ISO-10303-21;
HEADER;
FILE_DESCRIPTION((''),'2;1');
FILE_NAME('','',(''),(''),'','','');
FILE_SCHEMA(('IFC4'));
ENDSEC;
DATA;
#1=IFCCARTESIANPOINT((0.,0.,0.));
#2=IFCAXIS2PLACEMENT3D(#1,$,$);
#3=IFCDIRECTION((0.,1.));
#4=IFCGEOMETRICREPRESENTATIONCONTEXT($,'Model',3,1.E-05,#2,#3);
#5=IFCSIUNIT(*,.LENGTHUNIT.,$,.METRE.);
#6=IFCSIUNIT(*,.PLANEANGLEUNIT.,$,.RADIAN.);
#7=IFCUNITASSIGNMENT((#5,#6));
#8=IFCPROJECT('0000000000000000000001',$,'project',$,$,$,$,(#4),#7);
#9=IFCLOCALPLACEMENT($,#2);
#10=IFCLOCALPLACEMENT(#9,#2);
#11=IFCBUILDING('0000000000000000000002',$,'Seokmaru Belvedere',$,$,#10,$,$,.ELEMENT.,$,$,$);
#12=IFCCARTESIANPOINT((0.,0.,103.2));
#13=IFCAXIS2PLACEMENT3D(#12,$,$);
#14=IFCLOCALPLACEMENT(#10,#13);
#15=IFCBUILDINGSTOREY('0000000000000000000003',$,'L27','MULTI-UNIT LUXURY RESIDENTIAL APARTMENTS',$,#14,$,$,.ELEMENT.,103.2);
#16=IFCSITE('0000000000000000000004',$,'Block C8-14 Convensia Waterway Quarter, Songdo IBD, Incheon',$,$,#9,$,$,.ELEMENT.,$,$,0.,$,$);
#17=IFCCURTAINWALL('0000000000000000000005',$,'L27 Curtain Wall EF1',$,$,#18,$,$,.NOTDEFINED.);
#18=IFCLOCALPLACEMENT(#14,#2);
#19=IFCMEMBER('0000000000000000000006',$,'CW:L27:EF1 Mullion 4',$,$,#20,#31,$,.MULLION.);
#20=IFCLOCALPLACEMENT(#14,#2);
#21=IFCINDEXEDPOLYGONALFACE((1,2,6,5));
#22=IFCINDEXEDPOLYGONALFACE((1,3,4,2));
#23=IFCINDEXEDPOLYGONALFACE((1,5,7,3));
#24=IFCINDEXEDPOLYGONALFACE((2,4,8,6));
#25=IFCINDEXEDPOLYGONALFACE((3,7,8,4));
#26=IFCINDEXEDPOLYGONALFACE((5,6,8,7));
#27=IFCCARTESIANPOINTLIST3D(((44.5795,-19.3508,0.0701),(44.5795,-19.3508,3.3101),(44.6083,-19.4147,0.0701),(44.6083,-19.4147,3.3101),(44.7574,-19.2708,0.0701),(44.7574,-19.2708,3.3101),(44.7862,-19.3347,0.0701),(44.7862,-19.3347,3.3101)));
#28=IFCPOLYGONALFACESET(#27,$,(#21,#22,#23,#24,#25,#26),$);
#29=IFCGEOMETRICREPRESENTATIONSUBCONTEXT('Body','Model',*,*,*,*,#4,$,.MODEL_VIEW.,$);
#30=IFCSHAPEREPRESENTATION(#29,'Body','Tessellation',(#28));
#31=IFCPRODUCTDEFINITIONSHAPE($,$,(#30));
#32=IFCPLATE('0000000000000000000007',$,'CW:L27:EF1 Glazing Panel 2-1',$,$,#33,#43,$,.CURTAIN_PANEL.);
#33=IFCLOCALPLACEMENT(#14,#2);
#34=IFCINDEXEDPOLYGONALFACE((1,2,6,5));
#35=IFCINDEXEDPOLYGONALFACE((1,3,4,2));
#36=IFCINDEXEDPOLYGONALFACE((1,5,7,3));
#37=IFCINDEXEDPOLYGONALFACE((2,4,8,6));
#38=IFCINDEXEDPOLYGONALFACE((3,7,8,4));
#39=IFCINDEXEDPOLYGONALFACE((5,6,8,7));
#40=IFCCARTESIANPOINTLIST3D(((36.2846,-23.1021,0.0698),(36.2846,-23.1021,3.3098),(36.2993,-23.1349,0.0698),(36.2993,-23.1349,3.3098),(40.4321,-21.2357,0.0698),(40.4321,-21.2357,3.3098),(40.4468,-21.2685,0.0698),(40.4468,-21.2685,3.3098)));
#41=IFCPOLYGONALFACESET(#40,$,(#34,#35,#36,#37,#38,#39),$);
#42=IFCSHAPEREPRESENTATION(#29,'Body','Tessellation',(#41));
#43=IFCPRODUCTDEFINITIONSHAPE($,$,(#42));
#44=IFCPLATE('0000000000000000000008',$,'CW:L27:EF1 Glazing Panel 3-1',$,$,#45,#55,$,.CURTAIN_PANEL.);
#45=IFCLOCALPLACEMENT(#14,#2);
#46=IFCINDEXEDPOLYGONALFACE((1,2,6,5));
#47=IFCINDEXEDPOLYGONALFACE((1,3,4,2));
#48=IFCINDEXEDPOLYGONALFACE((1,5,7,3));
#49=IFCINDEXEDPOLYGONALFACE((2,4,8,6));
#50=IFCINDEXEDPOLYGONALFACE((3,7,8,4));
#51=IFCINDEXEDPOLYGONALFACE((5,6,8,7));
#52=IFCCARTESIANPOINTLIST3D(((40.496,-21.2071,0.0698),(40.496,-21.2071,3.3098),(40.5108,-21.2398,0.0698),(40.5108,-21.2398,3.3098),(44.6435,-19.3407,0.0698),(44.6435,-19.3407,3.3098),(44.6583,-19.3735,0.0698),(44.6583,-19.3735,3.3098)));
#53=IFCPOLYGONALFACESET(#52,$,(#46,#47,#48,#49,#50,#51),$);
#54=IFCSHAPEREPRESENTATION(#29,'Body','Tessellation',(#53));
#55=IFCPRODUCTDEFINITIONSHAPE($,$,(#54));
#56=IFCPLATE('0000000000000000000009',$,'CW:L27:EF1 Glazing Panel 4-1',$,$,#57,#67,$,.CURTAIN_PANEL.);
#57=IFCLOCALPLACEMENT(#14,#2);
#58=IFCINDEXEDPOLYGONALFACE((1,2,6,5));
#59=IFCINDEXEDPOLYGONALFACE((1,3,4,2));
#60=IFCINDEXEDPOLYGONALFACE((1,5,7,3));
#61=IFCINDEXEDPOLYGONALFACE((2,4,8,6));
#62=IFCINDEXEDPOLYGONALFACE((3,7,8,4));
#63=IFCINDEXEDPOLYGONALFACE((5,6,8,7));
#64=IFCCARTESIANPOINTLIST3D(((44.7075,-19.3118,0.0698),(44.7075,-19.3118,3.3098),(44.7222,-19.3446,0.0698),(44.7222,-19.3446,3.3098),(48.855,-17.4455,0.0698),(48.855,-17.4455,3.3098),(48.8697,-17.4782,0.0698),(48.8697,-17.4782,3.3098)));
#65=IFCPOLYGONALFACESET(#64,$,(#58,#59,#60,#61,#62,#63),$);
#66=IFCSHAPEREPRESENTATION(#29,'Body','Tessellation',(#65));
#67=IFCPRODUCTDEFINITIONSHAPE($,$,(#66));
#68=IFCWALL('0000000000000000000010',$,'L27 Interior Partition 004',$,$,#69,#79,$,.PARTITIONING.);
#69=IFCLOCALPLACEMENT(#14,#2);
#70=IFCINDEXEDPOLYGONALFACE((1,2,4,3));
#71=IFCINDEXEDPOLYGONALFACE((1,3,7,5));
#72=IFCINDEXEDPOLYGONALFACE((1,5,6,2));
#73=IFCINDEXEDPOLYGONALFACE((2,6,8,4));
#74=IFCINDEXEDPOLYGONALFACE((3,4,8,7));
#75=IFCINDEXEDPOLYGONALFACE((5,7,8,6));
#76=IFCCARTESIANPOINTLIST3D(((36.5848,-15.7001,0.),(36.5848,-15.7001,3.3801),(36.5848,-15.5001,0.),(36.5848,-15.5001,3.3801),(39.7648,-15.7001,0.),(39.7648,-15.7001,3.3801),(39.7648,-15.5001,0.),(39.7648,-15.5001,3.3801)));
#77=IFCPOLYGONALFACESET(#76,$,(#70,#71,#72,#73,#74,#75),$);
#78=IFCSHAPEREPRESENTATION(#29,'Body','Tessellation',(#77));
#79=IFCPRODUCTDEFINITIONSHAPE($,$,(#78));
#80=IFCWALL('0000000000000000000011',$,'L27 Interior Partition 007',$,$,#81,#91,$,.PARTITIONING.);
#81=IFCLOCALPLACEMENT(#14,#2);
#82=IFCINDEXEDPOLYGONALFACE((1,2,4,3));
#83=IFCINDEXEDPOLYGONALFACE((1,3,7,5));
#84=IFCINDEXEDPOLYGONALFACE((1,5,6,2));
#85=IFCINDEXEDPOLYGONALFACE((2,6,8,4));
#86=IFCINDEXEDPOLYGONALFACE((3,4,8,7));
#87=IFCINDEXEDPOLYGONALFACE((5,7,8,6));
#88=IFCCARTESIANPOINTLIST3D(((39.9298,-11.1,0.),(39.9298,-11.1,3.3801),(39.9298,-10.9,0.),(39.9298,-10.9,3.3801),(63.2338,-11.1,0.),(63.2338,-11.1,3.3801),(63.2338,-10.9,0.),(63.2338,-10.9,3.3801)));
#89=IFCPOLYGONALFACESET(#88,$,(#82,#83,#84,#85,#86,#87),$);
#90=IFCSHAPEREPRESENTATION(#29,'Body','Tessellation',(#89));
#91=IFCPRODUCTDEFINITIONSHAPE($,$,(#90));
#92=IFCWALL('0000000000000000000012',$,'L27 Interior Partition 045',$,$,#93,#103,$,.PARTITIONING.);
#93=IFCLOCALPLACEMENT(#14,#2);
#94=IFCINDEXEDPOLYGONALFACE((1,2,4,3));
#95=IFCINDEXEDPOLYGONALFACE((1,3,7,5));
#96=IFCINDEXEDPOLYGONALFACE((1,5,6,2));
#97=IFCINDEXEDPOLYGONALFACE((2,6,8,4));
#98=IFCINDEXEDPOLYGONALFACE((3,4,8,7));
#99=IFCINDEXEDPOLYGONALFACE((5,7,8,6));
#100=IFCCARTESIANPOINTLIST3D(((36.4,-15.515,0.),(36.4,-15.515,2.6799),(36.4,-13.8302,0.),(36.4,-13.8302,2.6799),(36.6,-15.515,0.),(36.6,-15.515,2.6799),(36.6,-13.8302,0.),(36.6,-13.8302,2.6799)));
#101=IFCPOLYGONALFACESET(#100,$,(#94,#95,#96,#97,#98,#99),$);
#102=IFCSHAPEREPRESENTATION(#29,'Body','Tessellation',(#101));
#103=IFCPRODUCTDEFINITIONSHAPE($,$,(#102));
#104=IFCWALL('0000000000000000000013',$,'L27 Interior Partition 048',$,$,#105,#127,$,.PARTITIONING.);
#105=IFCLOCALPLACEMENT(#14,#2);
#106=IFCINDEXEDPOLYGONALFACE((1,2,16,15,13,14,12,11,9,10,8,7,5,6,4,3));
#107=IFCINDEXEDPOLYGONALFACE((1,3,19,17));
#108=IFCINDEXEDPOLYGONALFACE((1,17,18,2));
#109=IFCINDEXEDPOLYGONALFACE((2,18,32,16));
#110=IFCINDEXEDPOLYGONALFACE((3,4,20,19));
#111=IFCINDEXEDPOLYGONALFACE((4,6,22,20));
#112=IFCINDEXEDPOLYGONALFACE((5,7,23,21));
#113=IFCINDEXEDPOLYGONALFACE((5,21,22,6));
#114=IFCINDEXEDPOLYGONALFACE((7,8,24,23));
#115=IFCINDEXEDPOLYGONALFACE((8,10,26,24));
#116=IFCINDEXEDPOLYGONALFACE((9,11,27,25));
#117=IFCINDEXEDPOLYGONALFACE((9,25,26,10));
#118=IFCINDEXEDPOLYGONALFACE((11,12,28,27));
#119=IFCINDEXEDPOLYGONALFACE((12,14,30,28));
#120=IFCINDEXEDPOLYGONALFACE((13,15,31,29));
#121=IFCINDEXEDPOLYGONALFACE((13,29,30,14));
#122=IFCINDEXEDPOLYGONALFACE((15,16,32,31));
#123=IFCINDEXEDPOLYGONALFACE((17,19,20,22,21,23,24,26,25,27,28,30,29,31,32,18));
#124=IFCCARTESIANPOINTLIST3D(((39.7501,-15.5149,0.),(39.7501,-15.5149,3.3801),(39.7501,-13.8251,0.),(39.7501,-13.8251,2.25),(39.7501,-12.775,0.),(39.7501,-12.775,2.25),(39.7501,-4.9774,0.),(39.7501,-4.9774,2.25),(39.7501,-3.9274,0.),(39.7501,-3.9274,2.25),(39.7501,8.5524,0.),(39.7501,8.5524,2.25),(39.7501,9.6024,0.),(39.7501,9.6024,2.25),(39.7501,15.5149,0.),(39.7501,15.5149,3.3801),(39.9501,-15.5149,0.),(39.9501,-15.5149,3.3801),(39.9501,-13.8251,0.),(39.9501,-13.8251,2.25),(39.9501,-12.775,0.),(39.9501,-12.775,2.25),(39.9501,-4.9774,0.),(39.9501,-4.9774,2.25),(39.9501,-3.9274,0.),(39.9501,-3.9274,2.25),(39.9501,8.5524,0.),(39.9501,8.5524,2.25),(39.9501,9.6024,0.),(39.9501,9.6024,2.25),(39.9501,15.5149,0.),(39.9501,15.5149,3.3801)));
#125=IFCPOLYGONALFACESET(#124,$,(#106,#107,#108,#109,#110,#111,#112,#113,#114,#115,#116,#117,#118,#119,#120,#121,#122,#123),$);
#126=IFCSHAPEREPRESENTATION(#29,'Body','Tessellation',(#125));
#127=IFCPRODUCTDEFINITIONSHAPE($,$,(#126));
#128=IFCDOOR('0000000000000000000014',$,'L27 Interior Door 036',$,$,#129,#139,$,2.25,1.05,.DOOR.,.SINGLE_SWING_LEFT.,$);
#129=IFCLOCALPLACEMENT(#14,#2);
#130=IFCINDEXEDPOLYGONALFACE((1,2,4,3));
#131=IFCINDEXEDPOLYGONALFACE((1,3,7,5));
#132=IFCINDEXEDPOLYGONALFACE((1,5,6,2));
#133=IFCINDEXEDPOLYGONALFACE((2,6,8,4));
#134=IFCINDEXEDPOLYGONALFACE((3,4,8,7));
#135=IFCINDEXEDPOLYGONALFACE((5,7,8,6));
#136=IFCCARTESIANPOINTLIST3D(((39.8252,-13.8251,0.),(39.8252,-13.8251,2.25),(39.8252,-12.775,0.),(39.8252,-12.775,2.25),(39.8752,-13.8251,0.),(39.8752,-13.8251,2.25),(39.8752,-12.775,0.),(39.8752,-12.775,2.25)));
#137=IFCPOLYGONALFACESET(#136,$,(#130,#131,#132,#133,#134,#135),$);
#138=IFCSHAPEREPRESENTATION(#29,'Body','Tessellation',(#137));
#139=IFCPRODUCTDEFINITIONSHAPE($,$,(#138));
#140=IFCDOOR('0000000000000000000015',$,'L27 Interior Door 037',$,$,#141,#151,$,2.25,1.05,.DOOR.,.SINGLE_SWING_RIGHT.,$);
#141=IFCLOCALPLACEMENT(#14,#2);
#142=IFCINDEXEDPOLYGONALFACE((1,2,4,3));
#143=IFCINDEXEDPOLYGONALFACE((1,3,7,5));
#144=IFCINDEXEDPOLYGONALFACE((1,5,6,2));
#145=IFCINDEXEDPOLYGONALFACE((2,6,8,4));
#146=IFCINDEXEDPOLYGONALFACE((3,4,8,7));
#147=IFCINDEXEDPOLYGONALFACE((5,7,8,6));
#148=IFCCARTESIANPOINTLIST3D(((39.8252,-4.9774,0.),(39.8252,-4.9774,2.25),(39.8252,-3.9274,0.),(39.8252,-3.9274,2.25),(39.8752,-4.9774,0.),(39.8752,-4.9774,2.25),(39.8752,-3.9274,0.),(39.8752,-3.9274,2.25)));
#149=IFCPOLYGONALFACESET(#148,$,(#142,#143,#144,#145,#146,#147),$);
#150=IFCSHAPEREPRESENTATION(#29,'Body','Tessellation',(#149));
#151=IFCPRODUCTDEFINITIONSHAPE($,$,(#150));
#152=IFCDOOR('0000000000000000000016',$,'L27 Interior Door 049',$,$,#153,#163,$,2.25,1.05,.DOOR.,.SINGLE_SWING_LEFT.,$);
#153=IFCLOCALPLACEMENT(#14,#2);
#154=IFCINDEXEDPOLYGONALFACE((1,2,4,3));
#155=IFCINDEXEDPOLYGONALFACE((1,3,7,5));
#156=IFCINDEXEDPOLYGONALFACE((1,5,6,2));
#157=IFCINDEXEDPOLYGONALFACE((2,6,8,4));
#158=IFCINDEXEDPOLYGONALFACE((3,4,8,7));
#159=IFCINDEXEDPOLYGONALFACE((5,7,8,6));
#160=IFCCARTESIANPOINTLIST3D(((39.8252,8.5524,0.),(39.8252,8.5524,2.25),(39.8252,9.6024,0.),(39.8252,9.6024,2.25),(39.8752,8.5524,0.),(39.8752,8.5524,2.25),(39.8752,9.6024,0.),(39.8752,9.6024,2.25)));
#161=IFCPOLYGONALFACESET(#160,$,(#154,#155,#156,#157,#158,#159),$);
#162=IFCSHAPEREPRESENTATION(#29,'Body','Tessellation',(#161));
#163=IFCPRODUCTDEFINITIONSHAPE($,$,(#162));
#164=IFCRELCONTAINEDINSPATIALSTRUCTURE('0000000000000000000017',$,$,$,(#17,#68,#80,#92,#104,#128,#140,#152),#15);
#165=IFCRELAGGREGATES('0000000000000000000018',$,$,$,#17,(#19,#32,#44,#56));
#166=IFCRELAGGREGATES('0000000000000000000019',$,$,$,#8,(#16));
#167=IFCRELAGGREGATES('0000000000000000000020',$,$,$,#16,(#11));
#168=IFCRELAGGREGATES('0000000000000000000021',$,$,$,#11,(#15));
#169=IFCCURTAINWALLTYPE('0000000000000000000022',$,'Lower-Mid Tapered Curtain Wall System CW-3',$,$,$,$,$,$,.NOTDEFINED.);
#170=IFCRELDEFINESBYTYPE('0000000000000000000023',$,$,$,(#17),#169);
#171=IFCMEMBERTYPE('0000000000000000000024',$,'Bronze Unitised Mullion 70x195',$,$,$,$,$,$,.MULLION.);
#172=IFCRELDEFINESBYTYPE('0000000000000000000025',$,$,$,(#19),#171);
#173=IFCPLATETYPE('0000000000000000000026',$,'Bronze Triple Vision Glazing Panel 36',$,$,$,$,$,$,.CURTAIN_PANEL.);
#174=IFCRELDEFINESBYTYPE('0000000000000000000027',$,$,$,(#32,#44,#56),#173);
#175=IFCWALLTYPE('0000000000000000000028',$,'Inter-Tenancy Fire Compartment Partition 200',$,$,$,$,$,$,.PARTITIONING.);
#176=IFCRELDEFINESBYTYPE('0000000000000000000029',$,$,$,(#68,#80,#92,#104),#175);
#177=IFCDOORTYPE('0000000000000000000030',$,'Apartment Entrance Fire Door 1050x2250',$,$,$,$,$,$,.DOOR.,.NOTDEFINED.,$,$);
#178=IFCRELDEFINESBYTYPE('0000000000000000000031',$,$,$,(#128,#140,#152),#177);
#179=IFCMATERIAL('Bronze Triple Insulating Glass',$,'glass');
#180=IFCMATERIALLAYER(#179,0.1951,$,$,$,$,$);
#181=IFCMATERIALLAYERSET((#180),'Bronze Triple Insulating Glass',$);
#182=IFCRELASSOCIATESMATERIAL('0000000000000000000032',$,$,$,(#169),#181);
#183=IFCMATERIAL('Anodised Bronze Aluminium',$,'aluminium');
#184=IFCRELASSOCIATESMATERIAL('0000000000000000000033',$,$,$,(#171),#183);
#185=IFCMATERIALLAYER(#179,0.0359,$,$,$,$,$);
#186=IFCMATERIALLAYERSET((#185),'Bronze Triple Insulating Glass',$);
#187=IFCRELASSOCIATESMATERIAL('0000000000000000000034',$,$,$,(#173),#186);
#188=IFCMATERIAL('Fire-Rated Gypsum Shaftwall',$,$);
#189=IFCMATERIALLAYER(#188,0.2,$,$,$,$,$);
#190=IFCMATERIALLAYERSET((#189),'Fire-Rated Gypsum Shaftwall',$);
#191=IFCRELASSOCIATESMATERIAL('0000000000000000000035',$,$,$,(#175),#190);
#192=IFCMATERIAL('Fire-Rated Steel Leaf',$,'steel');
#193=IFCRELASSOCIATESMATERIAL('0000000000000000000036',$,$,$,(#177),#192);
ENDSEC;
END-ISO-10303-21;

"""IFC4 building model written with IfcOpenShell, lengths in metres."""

from ifc_helpers import new_model, si_unit, direction, frame, frame_2d, origin, origin_2d, place, context, subcontext, project, spatial, rectangle, extrude, source, transform, mapped, material, layer, layer_set, material_profile, profile_set, type_object, type_shapes, element, fill, aggregate, save


model = new_model("IFC4")

# Units and contexts
model_context = context("Model", 3, precision=1e-05, world=origin(), true_north=direction((0.0, 1.0)))
body_context = subcontext(model_context, "Body", "Model", "MODEL_VIEW")
ifc_project = project(units=[si_unit("LENGTHUNIT", "METRE"), si_unit("PLANEANGLEUNIT", "RADIAN")], contexts=[model_context])

# Site, building, storey
site_placement = place(None, origin())
site = spatial("IfcSite", under=ifc_project, at=site_placement, Name="Block C8-14 Convensia Waterway Quarter, Songdo IBD, Incheon", CompositionType="ELEMENT", RefElevation=0.0)
building_placement = place(site_placement, origin())
building = spatial("IfcBuilding", under=site, at=building_placement, Name="Seokmaru Belvedere", CompositionType="ELEMENT")
storey_placement = place(building_placement, frame((0.0, 0.0, 103.2)))
storey = spatial("IfcBuildingStorey", under=building, at=storey_placement, Name="L27", Description="MULTI-UNIT LUXURY RESIDENTIAL APARTMENTS", CompositionType="ELEMENT", Elevation=103.2)

# Curtain wall, member, plates
ifc_material_1 = material(Name="Bronze Triple Insulating Glass", Category="glass")
ifc_layer_1 = layer(ifc_material_1, 0.1951)
ifc_layer_set_1 = layer_set([ifc_layer_1], Name="Bronze Triple Insulating Glass")
curtain_wall_type = type_object("IfcCurtainWallType", Name="Lower-Mid Tapered Curtain Wall System CW-3", PredefinedType="NOTDEFINED", material=ifc_layer_set_1)
curtain_wall_placement = place(storey_placement, origin())
curtain_wall = element("IfcCurtainWall", 1, at=curtain_wall_placement, inside=storey, type_object=curtain_wall_type, Name="L27 Curtain Wall EF1", PredefinedType="NOTDEFINED")
ifc_material_2 = material(Name="Anodised Bronze Aluminium", Category="aluminium")
ifc_material_profile_1 = material_profile(ifc_material_2, rectangle(XDim=0.0701, YDim=0.1951, at=origin_2d()), Name="CW-M-70x195")
ifc_profile_set_1 = profile_set([ifc_material_profile_1], Name="Anodised Bronze Aluminium")
member_type = type_object("IfcMemberType", Name="Bronze Unitised Mullion 70x195", PredefinedType="MULLION", material=ifc_profile_set_1)
shared_shape_1 = source(origin(), body_context, "Body", "SweptSolid", [
    extrude(rectangle(XDim=0.0701, YDim=0.1951, at=origin_2d()), origin(), (0.0, 0.0, 1.0), 3.24),
])
type_shapes(member_type, [shared_shape_1])
member_1_placement = place(storey_placement, frame((44.6829, -19.3428, 0.0701), z_axis=(0.0, 0.0, 1.0), x_axis=(-0.410366, 0.911921, 0.0)))
member_1 = element("IfcMember", 2, at=member_1_placement, type_object=member_type, Name="CW:L27:EF1 Mullion 4", PredefinedType="MULLION", context=body_context, shape_type="MappedRepresentation", body=[
    mapped(shared_shape_1, transform((0.0, 0.0, 0.0), scale=1.0)),
])
ifc_layer_2 = layer(ifc_material_1, 0.0359)
ifc_layer_set_2 = layer_set([ifc_layer_2], Name="Bronze Triple Insulating Glass")
plate_type = type_object("IfcPlateType", Name="Bronze Triple Vision Glazing Panel 36", PredefinedType="CURTAIN_PANEL", material=ifc_layer_set_2)
shared_shape_2 = source(origin(), body_context, "Body", "SweptSolid", [
    extrude(rectangle(XDim=4.5481, YDim=0.0359, at=origin_2d()), origin(), (0.0, 0.0, 1.0), 3.24),
])
type_shapes(plate_type, [shared_shape_2])
plate_1_placement = place(storey_placement, frame((38.3657, -22.1853, 0.0698), z_axis=(0.0, 0.0, 1.0), x_axis=(0.911921, 0.410366, 0.0)))
plate_1 = element("IfcPlate", 3, at=plate_1_placement, type_object=plate_type, Name="CW:L27:EF1 Glazing Panel 2-1", PredefinedType="CURTAIN_PANEL", context=body_context, shape_type="MappedRepresentation", body=[
    mapped(shared_shape_2, transform((0.0, 0.0, 0.0), scale=1.0)),
])
plate_2_placement = place(storey_placement, frame((42.5771, -20.2903, 0.0698), z_axis=(0.0, 0.0, 1.0), x_axis=(0.911921, 0.410366, 0.0)))
plate_2 = element("IfcPlate", 4, at=plate_2_placement, type_object=plate_type, Name="CW:L27:EF1 Glazing Panel 3-1", PredefinedType="CURTAIN_PANEL", context=body_context, shape_type="MappedRepresentation", body=[
    mapped(shared_shape_2, transform((0.0, 0.0, 0.0), scale=1.0)),
])
plate_3_placement = place(storey_placement, frame((46.7886, -18.395, 0.0698), z_axis=(0.0, 0.0, 1.0), x_axis=(0.911921, 0.410366, 0.0)))
plate_3 = element("IfcPlate", 5, at=plate_3_placement, type_object=plate_type, Name="CW:L27:EF1 Glazing Panel 4-1", PredefinedType="CURTAIN_PANEL", context=body_context, shape_type="MappedRepresentation", body=[
    mapped(shared_shape_2, transform((0.0, 0.0, 0.0), scale=1.0)),
])
aggregate(curtain_wall, [member_1, plate_1, plate_2, plate_3])

# Walls
ifc_material_3 = material(Name="Fire-Rated Gypsum Shaftwall")
ifc_layer_3 = layer(ifc_material_3, 0.2)
ifc_layer_set_3 = layer_set([ifc_layer_3], Name="Fire-Rated Gypsum Shaftwall")
wall_type = type_object("IfcWallType", Name="Inter-Tenancy Fire Compartment Partition 200", PredefinedType="PARTITIONING", material=ifc_layer_set_3)
wall_1_placement = place(storey_placement, frame((36.585, -15.6001, 0.0), z_axis=(0.0, 0.0, 1.0), x_axis=(1.0, 0.0, 0.0)))
element("IfcWall", 6, at=wall_1_placement, inside=storey, type_object=wall_type, Name="L27 Interior Partition 004", PredefinedType="PARTITIONING", context=body_context, shape_type="SweptSolid", body=[
    extrude(rectangle(XDim=3.1799, YDim=0.2, at=frame_2d((1.5898, 0.0))), origin(), (0.0, 0.0, 1.0), 3.3801),
])
wall_2_placement = place(storey_placement, frame((39.9299, -11.0, 0.0), z_axis=(0.0, 0.0, 1.0), x_axis=(1.0, 0.0, 0.0)))
element("IfcWall", 7, at=wall_2_placement, inside=storey, type_object=wall_type, Name="L27 Interior Partition 007", PredefinedType="PARTITIONING", context=body_context, shape_type="SweptSolid", body=[
    extrude(rectangle(XDim=23.304, YDim=0.2, at=frame_2d((11.6519, 0.0))), origin(), (0.0, 0.0, 1.0), 3.3801),
])
wall_3_placement = place(storey_placement, frame((36.5, -15.5149, 0.0), z_axis=(0.0, 0.0, 1.0), x_axis=(0.0, 1.0, 0.0)))
element("IfcWall", 8, at=wall_3_placement, inside=storey, type_object=wall_type, Name="L27 Interior Partition 045", PredefinedType="PARTITIONING", context=body_context, shape_type="SweptSolid", body=[
    extrude(rectangle(XDim=1.6848, YDim=0.2, at=frame_2d((0.8423, 0.0))), origin(), (0.0, 0.0, 1.0), 2.6799),
])

# Wall, openings, doors
wall_4_placement = place(storey_placement, frame((39.8501, -15.5149, 0.0), z_axis=(0.0, 0.0, 1.0), x_axis=(0.0, 1.0, 0.0)))
wall_4 = element("IfcWall", 9, at=wall_4_placement, inside=storey, type_object=wall_type, Name="L27 Interior Partition 048", PredefinedType="PARTITIONING", context=body_context, shape_type="SweptSolid", body=[
    extrude(rectangle(XDim=31.0298, YDim=0.2, at=frame_2d((15.5149, 0.0))), origin(), (0.0, 0.0, 1.0), 3.3801),
])
opening_1_placement = place(wall_4_placement, frame((1.6899, 0.0, 0.0)))
opening_1 = element("IfcOpeningElement", 10, at=opening_1_placement, cuts=wall_4, PredefinedType="OPENING", context=body_context, shape_type="SweptSolid", body=[
    extrude(rectangle(XDim=1.05, YDim=2.25, at=frame_2d((0.5249, 1.125))), frame((0.0, 0.1099, 0.0), z_axis=(0.0, -1.0, 0.0), x_axis=(1.0, 0.0, 0.0)), (0.0, 0.0, 1.0), 0.22),
])
opening_2_placement = place(wall_4_placement, frame((10.5376, 0.0, 0.0)))
opening_2 = element("IfcOpeningElement", 11, at=opening_2_placement, cuts=wall_4, PredefinedType="OPENING", context=body_context, shape_type="SweptSolid", body=[
    extrude(rectangle(XDim=1.05, YDim=2.25, at=frame_2d((0.5249, 1.125))), frame((0.0, 0.1099, 0.0), z_axis=(0.0, -1.0, 0.0), x_axis=(1.0, 0.0, 0.0)), (0.0, 0.0, 1.0), 0.22),
])
opening_3_placement = place(wall_4_placement, frame((24.0674, 0.0, 0.0)))
opening_3 = element("IfcOpeningElement", 12, at=opening_3_placement, cuts=wall_4, PredefinedType="OPENING", context=body_context, shape_type="SweptSolid", body=[
    extrude(rectangle(XDim=1.05, YDim=2.25, at=frame_2d((0.5249, 1.125))), frame((0.0, 0.1099, 0.0), z_axis=(0.0, -1.0, 0.0), x_axis=(1.0, 0.0, 0.0)), (0.0, 0.0, 1.0), 0.22),
])
ifc_material_4 = material(Name="Fire-Rated Steel Leaf", Category="steel")
door_type = type_object("IfcDoorType", Name="Apartment Entrance Fire Door 1050x2250", OperationType="NOTDEFINED", PredefinedType="DOOR", material=ifc_material_4)
shared_shape_3 = source(origin(), body_context, "Body", "SweptSolid", [
    extrude(rectangle(XDim=1.05, YDim=2.25, at=frame_2d((0.5249, 1.125))), frame((0.0, 0.0249, 0.0), z_axis=(0.0, -1.0, 0.0), x_axis=(1.0, 0.0, 0.0)), (0.0, 0.0, 1.0), 0.05),
])
type_shapes(door_type, [shared_shape_3])
door_1_placement = place(opening_1_placement, origin())
door_1 = element("IfcDoor", 13, at=door_1_placement, inside=storey, type_object=door_type, Name="L27 Interior Door 036", OperationType="SINGLE_SWING_LEFT", OverallHeight=2.25, OverallWidth=1.05, PredefinedType="DOOR", context=body_context, shape_type="MappedRepresentation", body=[
    mapped(shared_shape_3, transform((0.0, 0.0, 0.0), scale=1.0)),
])
fill(opening_1, door_1)
door_2_placement = place(opening_2_placement, origin())
door_2 = element("IfcDoor", 14, at=door_2_placement, inside=storey, type_object=door_type, Name="L27 Interior Door 037", OperationType="SINGLE_SWING_RIGHT", OverallHeight=2.25, OverallWidth=1.05, PredefinedType="DOOR", context=body_context, shape_type="MappedRepresentation", body=[
    mapped(shared_shape_3, transform((0.0, 0.0, 0.0), scale=1.0)),
])
fill(opening_2, door_2)
door_3_placement = place(opening_3_placement, origin())
door_3 = element("IfcDoor", 15, at=door_3_placement, inside=storey, type_object=door_type, Name="L27 Interior Door 049", OperationType="SINGLE_SWING_LEFT", OverallHeight=2.25, OverallWidth=1.05, PredefinedType="DOOR", context=body_context, shape_type="MappedRepresentation", body=[
    mapped(shared_shape_3, transform((0.0, 0.0, 0.0), scale=1.0)),
])
fill(opening_3, door_3)

save(model, "model.ifc")
